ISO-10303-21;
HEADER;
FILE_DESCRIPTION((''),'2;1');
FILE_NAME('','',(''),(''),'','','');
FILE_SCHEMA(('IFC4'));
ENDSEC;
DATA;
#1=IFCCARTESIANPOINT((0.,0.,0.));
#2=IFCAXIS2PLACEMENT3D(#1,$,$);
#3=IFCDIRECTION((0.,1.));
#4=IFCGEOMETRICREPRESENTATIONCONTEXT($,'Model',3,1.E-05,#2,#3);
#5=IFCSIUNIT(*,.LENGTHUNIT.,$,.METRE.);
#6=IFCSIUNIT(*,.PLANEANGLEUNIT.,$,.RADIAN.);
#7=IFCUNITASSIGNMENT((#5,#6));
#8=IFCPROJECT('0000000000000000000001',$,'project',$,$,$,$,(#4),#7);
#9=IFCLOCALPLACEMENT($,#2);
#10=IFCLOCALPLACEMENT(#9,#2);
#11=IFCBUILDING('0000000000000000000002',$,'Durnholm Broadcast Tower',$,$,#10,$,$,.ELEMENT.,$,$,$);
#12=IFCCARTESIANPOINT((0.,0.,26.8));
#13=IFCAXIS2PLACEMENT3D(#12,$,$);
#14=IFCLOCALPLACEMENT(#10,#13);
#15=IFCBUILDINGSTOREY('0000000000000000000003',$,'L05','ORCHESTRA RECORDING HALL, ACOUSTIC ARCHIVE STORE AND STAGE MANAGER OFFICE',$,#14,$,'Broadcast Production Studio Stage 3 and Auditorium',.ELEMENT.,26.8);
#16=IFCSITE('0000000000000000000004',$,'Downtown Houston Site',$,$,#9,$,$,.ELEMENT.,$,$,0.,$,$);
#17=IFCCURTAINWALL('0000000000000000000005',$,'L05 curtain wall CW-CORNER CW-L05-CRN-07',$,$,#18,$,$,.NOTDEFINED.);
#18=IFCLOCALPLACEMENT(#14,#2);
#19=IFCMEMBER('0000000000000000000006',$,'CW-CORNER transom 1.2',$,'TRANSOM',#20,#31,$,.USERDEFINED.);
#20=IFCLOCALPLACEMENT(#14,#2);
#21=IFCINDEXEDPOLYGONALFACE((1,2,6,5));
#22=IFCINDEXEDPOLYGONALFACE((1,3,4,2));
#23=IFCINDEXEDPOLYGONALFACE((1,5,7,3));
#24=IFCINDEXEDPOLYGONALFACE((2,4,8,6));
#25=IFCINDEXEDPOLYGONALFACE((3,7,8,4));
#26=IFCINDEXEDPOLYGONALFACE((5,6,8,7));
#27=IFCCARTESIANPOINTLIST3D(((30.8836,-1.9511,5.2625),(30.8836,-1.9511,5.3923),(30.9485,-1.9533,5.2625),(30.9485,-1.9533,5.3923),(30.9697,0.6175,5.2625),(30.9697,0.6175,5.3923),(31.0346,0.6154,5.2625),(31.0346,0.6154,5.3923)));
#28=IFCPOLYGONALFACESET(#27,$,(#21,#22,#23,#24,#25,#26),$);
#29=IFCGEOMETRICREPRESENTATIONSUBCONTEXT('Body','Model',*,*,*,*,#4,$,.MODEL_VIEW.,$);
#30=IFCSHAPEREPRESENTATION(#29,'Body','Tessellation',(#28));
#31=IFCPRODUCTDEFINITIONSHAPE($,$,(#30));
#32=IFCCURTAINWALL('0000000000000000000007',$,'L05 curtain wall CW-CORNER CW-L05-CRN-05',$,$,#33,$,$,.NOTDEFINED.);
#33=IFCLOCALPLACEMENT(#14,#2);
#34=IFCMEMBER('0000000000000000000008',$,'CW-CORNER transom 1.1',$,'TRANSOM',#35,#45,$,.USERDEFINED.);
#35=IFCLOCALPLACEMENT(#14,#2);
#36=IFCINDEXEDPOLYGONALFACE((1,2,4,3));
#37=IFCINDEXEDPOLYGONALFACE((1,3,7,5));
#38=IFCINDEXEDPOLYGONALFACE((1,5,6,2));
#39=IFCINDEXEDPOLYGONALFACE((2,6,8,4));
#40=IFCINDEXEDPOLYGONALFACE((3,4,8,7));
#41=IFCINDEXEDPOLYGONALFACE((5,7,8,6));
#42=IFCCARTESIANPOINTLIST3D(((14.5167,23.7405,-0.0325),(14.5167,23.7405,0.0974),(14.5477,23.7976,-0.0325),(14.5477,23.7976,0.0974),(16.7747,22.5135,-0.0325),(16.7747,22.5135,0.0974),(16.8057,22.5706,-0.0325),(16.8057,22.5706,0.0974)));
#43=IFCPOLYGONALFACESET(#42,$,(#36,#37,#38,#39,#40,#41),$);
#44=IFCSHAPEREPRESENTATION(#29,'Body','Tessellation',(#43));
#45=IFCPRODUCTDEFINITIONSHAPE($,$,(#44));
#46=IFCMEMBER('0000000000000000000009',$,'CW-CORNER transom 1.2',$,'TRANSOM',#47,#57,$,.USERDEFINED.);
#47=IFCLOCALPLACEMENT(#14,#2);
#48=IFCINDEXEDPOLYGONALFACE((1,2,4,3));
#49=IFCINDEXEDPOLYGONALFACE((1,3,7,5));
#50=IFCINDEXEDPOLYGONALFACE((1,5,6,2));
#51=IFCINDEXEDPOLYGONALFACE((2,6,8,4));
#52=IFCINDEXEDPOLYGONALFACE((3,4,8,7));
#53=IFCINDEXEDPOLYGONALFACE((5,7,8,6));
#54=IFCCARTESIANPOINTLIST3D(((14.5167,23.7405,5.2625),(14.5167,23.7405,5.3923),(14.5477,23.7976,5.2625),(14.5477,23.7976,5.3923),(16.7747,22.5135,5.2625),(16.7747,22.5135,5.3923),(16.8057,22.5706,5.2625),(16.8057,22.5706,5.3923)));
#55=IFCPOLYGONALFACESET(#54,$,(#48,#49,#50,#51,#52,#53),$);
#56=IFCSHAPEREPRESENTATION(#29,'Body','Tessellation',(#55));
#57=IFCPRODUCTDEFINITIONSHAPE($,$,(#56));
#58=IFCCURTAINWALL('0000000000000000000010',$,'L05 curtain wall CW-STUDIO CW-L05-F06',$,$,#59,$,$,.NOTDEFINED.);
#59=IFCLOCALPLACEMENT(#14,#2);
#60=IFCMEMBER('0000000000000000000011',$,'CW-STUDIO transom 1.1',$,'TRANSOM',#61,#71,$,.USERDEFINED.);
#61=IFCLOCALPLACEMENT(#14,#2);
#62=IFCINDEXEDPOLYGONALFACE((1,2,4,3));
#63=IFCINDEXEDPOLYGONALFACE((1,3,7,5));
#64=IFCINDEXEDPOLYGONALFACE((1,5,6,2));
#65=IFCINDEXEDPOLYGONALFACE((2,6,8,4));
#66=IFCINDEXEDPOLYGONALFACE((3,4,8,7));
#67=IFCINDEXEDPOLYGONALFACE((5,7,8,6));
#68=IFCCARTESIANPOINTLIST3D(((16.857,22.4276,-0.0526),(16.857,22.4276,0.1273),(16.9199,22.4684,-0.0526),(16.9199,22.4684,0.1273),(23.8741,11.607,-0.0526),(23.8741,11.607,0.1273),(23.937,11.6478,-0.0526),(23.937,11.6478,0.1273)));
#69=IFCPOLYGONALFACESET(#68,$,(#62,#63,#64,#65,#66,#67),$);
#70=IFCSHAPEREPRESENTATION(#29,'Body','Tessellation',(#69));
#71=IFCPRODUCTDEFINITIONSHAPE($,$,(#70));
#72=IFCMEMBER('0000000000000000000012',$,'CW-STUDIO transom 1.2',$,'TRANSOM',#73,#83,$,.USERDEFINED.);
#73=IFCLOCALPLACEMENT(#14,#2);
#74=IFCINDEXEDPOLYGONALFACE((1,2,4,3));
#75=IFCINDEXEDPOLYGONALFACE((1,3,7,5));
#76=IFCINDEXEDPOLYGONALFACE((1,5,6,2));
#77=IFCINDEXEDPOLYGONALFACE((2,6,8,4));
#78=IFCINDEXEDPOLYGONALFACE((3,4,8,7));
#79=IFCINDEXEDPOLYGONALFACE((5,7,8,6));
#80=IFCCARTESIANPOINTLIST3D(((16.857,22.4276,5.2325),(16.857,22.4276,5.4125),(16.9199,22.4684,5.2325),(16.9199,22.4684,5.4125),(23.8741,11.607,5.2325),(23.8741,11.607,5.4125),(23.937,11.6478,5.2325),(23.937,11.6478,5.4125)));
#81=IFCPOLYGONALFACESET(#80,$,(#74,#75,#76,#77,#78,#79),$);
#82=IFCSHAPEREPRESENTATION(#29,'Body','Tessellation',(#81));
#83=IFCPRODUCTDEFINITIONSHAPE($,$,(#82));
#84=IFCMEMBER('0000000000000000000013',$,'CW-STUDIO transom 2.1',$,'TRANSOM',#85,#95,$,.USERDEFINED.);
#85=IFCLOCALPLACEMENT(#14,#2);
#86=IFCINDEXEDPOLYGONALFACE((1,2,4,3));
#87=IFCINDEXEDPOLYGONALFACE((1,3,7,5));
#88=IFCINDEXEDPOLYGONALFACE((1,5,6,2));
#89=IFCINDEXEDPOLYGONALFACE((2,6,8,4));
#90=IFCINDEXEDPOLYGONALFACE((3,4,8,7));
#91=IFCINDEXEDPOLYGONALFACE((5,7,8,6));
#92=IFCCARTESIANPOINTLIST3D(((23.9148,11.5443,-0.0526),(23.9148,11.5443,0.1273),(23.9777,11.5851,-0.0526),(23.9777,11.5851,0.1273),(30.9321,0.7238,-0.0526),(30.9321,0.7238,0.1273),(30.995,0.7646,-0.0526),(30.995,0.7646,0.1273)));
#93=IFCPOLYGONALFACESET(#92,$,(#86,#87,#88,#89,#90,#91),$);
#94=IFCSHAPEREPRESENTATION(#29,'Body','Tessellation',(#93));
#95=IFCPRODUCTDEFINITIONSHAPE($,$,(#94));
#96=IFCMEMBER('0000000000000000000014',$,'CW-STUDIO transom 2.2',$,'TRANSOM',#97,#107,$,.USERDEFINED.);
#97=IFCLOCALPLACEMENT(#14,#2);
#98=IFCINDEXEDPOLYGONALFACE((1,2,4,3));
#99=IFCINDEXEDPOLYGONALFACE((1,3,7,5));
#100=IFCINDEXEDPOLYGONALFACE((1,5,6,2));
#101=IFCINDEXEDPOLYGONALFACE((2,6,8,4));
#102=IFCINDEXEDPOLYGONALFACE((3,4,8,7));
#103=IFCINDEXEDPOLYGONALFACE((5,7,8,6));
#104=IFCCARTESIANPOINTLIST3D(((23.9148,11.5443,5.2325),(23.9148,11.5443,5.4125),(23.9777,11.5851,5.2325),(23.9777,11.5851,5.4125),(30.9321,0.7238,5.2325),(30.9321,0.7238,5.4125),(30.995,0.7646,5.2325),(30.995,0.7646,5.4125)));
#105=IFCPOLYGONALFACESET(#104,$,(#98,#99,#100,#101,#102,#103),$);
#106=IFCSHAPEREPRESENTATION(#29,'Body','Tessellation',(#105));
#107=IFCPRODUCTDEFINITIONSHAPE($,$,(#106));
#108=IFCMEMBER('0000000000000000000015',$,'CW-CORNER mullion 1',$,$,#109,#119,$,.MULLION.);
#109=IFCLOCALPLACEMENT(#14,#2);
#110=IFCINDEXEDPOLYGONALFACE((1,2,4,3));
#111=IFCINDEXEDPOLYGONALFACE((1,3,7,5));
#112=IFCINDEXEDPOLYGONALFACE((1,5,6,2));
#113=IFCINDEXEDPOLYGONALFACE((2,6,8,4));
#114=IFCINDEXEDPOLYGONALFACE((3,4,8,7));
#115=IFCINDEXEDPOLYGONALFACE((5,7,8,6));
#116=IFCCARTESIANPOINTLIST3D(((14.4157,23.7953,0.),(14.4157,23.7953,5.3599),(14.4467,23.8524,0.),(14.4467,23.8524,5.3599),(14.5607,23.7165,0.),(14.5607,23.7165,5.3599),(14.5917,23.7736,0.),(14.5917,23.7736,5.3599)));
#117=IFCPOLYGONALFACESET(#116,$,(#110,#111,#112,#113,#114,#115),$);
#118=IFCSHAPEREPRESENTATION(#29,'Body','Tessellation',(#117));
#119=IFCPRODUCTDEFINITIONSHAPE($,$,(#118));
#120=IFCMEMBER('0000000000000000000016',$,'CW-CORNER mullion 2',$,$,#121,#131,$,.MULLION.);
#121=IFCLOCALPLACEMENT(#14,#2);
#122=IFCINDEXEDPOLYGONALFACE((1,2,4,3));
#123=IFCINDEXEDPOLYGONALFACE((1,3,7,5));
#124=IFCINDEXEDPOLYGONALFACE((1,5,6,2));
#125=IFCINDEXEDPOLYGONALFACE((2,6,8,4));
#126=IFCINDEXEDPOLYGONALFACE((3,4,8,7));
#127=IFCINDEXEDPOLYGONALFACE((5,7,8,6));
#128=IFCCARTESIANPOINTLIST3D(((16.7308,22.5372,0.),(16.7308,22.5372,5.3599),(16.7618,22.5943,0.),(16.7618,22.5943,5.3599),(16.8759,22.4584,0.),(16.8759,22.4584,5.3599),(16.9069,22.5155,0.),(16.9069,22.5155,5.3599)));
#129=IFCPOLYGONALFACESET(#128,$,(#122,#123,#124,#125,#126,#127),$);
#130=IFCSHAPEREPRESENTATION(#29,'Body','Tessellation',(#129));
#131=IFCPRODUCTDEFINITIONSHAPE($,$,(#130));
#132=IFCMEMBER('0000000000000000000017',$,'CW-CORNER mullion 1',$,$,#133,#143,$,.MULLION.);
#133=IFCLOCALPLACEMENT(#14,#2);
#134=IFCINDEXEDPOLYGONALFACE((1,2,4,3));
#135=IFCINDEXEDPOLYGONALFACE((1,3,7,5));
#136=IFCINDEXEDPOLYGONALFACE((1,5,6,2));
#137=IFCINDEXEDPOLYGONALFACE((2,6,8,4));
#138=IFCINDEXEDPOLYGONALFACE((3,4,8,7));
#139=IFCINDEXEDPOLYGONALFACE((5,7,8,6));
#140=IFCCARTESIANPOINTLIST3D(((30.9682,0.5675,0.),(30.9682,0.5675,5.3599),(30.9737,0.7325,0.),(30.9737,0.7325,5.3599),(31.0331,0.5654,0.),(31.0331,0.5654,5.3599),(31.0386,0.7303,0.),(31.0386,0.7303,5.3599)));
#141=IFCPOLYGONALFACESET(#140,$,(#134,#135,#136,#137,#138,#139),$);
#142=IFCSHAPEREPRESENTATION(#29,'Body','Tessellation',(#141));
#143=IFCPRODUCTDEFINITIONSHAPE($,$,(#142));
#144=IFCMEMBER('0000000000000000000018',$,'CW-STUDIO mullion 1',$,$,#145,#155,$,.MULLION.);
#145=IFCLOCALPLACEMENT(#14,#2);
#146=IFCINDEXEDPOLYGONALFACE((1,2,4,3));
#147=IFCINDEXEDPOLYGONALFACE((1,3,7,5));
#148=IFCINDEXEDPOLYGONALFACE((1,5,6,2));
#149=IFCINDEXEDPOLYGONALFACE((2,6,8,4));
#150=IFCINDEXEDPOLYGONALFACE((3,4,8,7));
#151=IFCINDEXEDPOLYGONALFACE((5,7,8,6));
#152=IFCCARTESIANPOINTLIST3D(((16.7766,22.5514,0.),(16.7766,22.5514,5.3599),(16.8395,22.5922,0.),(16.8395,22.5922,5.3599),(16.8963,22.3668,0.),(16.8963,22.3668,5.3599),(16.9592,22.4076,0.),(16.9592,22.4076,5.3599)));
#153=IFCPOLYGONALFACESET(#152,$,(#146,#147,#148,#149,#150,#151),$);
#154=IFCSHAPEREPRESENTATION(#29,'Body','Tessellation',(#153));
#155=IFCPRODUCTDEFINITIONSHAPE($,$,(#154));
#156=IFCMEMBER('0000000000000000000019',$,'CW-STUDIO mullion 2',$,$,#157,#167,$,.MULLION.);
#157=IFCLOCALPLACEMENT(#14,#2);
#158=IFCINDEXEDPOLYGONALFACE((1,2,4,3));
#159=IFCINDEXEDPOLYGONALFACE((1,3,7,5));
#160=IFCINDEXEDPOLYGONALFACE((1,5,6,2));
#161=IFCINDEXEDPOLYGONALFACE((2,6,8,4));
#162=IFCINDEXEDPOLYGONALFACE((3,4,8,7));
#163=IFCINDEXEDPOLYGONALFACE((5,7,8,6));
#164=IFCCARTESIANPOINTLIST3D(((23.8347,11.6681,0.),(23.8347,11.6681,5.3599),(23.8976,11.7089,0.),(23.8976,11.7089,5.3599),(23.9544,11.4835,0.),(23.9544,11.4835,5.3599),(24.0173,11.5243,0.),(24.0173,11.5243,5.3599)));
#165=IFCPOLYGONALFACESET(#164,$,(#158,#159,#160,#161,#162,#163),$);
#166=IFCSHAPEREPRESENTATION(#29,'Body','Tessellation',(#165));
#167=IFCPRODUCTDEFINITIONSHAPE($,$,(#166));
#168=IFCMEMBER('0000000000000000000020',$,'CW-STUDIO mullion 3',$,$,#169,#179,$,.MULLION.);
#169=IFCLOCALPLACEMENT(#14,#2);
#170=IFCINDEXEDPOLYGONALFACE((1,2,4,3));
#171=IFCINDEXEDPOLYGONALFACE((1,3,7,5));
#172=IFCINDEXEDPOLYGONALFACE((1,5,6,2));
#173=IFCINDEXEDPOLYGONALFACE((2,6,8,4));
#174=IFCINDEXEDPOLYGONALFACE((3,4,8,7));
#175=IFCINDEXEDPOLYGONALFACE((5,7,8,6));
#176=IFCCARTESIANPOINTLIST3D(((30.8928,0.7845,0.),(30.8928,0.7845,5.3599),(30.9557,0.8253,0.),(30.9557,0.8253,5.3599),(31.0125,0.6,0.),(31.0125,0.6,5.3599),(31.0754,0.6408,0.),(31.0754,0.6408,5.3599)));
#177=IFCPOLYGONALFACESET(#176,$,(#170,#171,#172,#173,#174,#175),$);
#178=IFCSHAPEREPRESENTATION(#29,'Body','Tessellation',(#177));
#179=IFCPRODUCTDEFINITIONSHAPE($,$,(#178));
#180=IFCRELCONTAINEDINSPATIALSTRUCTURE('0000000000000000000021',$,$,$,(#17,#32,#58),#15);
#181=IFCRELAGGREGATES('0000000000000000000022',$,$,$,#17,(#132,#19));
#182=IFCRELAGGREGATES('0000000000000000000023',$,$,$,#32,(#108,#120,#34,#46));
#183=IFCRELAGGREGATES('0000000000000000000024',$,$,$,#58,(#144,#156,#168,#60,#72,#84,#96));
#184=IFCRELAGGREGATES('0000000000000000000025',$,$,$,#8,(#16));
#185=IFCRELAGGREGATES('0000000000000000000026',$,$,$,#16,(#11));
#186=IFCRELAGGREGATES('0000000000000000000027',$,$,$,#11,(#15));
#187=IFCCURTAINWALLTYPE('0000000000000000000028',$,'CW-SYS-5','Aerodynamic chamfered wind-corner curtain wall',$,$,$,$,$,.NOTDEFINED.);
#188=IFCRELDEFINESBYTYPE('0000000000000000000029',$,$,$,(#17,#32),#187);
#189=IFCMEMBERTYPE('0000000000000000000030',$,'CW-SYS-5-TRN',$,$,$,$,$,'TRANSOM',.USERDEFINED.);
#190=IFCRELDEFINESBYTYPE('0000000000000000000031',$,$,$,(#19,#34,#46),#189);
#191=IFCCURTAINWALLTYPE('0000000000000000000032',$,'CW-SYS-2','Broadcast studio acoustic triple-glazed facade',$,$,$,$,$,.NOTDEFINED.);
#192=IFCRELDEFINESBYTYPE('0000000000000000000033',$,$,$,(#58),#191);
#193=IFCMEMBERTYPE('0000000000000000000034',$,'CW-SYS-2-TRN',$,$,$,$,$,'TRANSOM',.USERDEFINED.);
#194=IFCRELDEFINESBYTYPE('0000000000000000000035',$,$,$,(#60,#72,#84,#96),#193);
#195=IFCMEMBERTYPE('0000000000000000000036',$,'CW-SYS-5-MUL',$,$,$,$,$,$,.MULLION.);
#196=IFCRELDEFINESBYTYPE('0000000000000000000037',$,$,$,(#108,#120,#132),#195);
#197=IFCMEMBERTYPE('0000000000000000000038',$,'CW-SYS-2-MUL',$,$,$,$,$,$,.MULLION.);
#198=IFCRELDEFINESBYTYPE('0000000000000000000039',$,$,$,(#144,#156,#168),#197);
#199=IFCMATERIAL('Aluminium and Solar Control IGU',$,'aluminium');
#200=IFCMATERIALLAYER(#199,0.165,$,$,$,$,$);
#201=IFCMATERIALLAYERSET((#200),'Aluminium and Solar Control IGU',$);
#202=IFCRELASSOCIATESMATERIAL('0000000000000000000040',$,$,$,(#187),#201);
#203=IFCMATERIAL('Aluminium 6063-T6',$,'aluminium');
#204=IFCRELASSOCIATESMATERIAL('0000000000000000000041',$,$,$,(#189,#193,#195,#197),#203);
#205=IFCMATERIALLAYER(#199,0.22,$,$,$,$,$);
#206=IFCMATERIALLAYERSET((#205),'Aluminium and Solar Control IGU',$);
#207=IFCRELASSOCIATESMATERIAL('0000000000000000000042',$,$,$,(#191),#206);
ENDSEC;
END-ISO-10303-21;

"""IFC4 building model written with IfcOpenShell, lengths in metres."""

from ifc_helpers import new_model, si_unit, direction, frame, origin, origin_2d, place, context, subcontext, project, spatial, rectangle, extrude, source, transform, mapped, material, layer, layer_set, material_profile, profile_set, type_object, type_shapes, element, aggregate, save


model = new_model("IFC4")

# Units and contexts
model_context = context("Model", 3, precision=1e-05, world=origin(), true_north=direction((0.0, 1.0)))
body_context = subcontext(model_context, "Body", "Model", "MODEL_VIEW")
ifc_project = project(units=[si_unit("LENGTHUNIT", "METRE"), si_unit("PLANEANGLEUNIT", "RADIAN")], contexts=[model_context])

# Site, building, storey
site_placement = place(None, origin())
site = spatial("IfcSite", under=ifc_project, at=site_placement, Name="Downtown Houston Site", CompositionType="ELEMENT", RefElevation=0.0)
building_placement = place(site_placement, origin())
building = spatial("IfcBuilding", under=site, at=building_placement, Name="Durnholm Broadcast Tower", CompositionType="ELEMENT")
storey_placement = place(building_placement, frame((0.0, 0.0, 26.8)))
storey = spatial("IfcBuildingStorey", under=building, at=storey_placement, Name="L05", Description="ORCHESTRA RECORDING HALL, ACOUSTIC ARCHIVE STORE AND STAGE MANAGER OFFICE", LongName="Broadcast Production Studio Stage 3 and Auditorium", CompositionType="ELEMENT", Elevation=26.8)

# Curtain walls, members
ifc_material_1 = material(Name="Aluminium and Solar Control IGU", Category="aluminium")
ifc_layer_1 = layer(ifc_material_1, 0.165)
ifc_layer_set_1 = layer_set([ifc_layer_1], Name="Aluminium and Solar Control IGU")
curtain_wall_type_1 = type_object("IfcCurtainWallType", Name="CW-SYS-5", Description="Aerodynamic chamfered wind-corner curtain wall", PredefinedType="NOTDEFINED", material=ifc_layer_set_1)
curtain_wall_1_placement = place(storey_placement, origin())
curtain_wall_1 = element("IfcCurtainWall", 1, at=curtain_wall_1_placement, inside=storey, type_object=curtain_wall_type_1, Name="L05 curtain wall CW-CORNER CW-L05-CRN-07", PredefinedType="NOTDEFINED")
ifc_material_2 = material(Name="Aluminium 6063-T6", Category="aluminium")
ifc_material_profile_1 = material_profile(ifc_material_2, rectangle(XDim=0.0649, YDim=0.1299, at=origin_2d()), Name="CWT65X130")
ifc_profile_set_1 = profile_set([ifc_material_profile_1], Name="Aluminium 6063-T6")
member_type_1 = type_object("IfcMemberType", Name="CW-SYS-5-TRN", ElementType="TRANSOM", PredefinedType="USERDEFINED", material=ifc_profile_set_1)
shared_shape_1 = source(origin(), body_context, "Body", "SweptSolid", [
    extrude(rectangle(XDim=0.0649, YDim=0.1299, at=origin_2d()), origin(), (0.0, 0.0, 1.0), 2.5701),
])
member_1_placement = place(storey_placement, frame((31.0022, 0.6165, 5.3274), z_axis=(-0.033533, -0.999438, 0.0), x_axis=(0.999438, -0.033533, 0.0)))
member_1 = element("IfcMember", 2, at=member_1_placement, type_object=member_type_1, Name="CW-CORNER transom 1.2", ObjectType="TRANSOM", PredefinedType="USERDEFINED", context=body_context, shape_type="MappedRepresentation", body=[
    mapped(shared_shape_1, transform((0.0, 0.0, 0.0), x_axis=(1.0, 0.0, 0.0), y_axis=(0.0, 1.0, 0.0), z_axis=(0.0, 0.0, 1.0), scale=1.0)),
])
curtain_wall_2_placement = place(storey_placement, origin())
curtain_wall_2 = element("IfcCurtainWall", 3, at=curtain_wall_2_placement, inside=storey, type_object=curtain_wall_type_1, Name="L05 curtain wall CW-CORNER CW-L05-CRN-05", PredefinedType="NOTDEFINED")
shared_shape_2 = source(origin(), body_context, "Body", "SweptSolid", [
    extrude(rectangle(XDim=0.0649, YDim=0.1299, at=origin_2d()), origin(), (0.0, 0.0, 1.0), 2.5698),
])
type_shapes(member_type_1, [shared_shape_1, shared_shape_2])
member_2_placement = place(storey_placement, frame((14.5322, 23.769, 0.0325), z_axis=(0.87865, -0.477467, 0.0), x_axis=(0.477467, 0.87865, 0.0)))
member_2 = element("IfcMember", 4, at=member_2_placement, type_object=member_type_1, Name="CW-CORNER transom 1.1", ObjectType="TRANSOM", PredefinedType="USERDEFINED", context=body_context, shape_type="MappedRepresentation", body=[
    mapped(shared_shape_2, transform((0.0, 0.0, 0.0), x_axis=(1.0, 0.0, 0.0), y_axis=(0.0, 1.0, 0.0), z_axis=(0.0, 0.0, 1.0), scale=1.0)),
])
member_3_placement = place(storey_placement, frame((14.5322, 23.769, 5.3274), z_axis=(0.87865, -0.477467, 0.0), x_axis=(0.477467, 0.87865, 0.0)))
member_3 = element("IfcMember", 5, at=member_3_placement, type_object=member_type_1, Name="CW-CORNER transom 1.2", ObjectType="TRANSOM", PredefinedType="USERDEFINED", context=body_context, shape_type="MappedRepresentation", body=[
    mapped(shared_shape_2, transform((0.0, 0.0, 0.0), x_axis=(1.0, 0.0, 0.0), y_axis=(0.0, 1.0, 0.0), z_axis=(0.0, 0.0, 1.0), scale=1.0)),
])
ifc_layer_2 = layer(ifc_material_1, 0.22)
ifc_layer_set_2 = layer_set([ifc_layer_2], Name="Aluminium and Solar Control IGU")
curtain_wall_type_2 = type_object("IfcCurtainWallType", Name="CW-SYS-2", Description="Broadcast studio acoustic triple-glazed facade", PredefinedType="NOTDEFINED", material=ifc_layer_set_2)
curtain_wall_3_placement = place(storey_placement, origin())
curtain_wall_3 = element("IfcCurtainWall", 6, at=curtain_wall_3_placement, inside=storey, type_object=curtain_wall_type_2, Name="L05 curtain wall CW-STUDIO CW-L05-F06", PredefinedType="NOTDEFINED")
ifc_material_profile_2 = material_profile(ifc_material_2, rectangle(XDim=0.075, YDim=0.1799, at=origin_2d()), Name="CWT75X180")
ifc_profile_set_2 = profile_set([ifc_material_profile_2], Name="Aluminium 6063-T6")
member_type_2 = type_object("IfcMemberType", Name="CW-SYS-2-TRN", ElementType="TRANSOM", PredefinedType="USERDEFINED", material=ifc_profile_set_2)
shared_shape_3 = source(origin(), body_context, "Body", "SweptSolid", [
    extrude(rectangle(XDim=0.075, YDim=0.1799, at=origin_2d()), origin(), (0.0, 0.0, 1.0), 12.8967),
])
type_shapes(member_type_2, [shared_shape_3])
member_4_placement = place(storey_placement, frame((16.8884, 22.448, 0.0374), z_axis=(0.544101, -0.83902, 0.0), x_axis=(0.83902, 0.544101, 0.0)))
member_4 = element("IfcMember", 7, at=member_4_placement, type_object=member_type_2, Name="CW-STUDIO transom 1.1", ObjectType="TRANSOM", PredefinedType="USERDEFINED", context=body_context, shape_type="MappedRepresentation", body=[
    mapped(shared_shape_3, transform((0.0, 0.0, 0.0), x_axis=(1.0, 0.0, 0.0), y_axis=(0.0, 1.0, 0.0), z_axis=(0.0, 0.0, 1.0), scale=1.0)),
])
member_5_placement = place(storey_placement, frame((16.8884, 22.448, 5.3225), z_axis=(0.544101, -0.83902, 0.0), x_axis=(0.83902, 0.544101, 0.0)))
member_5 = element("IfcMember", 8, at=member_5_placement, type_object=member_type_2, Name="CW-STUDIO transom 1.2", ObjectType="TRANSOM", PredefinedType="USERDEFINED", context=body_context, shape_type="MappedRepresentation", body=[
    mapped(shared_shape_3, transform((0.0, 0.0, 0.0), x_axis=(1.0, 0.0, 0.0), y_axis=(0.0, 1.0, 0.0), z_axis=(0.0, 0.0, 1.0), scale=1.0)),
])
member_6_placement = place(storey_placement, frame((23.9463, 11.5647, 0.0374), z_axis=(0.544114, -0.839011, 0.0), x_axis=(0.839011, 0.544114, 0.0)))
member_6 = element("IfcMember", 9, at=member_6_placement, type_object=member_type_2, Name="CW-STUDIO transom 2.1", ObjectType="TRANSOM", PredefinedType="USERDEFINED", context=body_context, shape_type="MappedRepresentation", body=[
    mapped(shared_shape_3, transform((0.0, 0.0, 0.0), x_axis=(1.0, 0.0, 0.0), y_axis=(0.0, 1.0, 0.0), z_axis=(0.0, 0.0, 1.0), scale=1.0)),
])
member_7_placement = place(storey_placement, frame((23.9463, 11.5647, 5.3225), z_axis=(0.544114, -0.839011, 0.0), x_axis=(0.839011, 0.544114, 0.0)))
member_7 = element("IfcMember", 10, at=member_7_placement, type_object=member_type_2, Name="CW-STUDIO transom 2.2", ObjectType="TRANSOM", PredefinedType="USERDEFINED", context=body_context, shape_type="MappedRepresentation", body=[
    mapped(shared_shape_3, transform((0.0, 0.0, 0.0), x_axis=(1.0, 0.0, 0.0), y_axis=(0.0, 1.0, 0.0), z_axis=(0.0, 0.0, 1.0), scale=1.0)),
])

# Members
ifc_material_profile_3 = material_profile(ifc_material_2, rectangle(XDim=0.0649, YDim=0.165, at=origin_2d()), Name="CWM65X165")
ifc_profile_set_3 = profile_set([ifc_material_profile_3], Name="Aluminium 6063-T6")
member_type_3 = type_object("IfcMemberType", Name="CW-SYS-5-MUL", PredefinedType="MULLION", material=ifc_profile_set_3)
shared_shape_4 = source(origin(), body_context, "Body", "SweptSolid", [
    extrude(rectangle(XDim=0.0649, YDim=0.165, at=origin_2d()), origin(), (0.0, 0.0, 1.0), 5.3599),
])
type_shapes(member_type_3, [shared_shape_4])
member_8_placement = place(storey_placement, frame((14.5037, 23.7844, 0.0), z_axis=(0.0, 0.0, 1.0), x_axis=(0.477442, 0.878663, 0.0)))
member_8 = element("IfcMember", 11, at=member_8_placement, type_object=member_type_3, Name="CW-CORNER mullion 1", PredefinedType="MULLION", context=body_context, shape_type="MappedRepresentation", body=[
    mapped(shared_shape_4, transform((0.0, 0.0, 0.0), x_axis=(1.0, 0.0, 0.0), y_axis=(0.0, 1.0, 0.0), z_axis=(0.0, 0.0, 1.0), scale=1.0)),
])
member_9_placement = place(storey_placement, frame((16.8188, 22.5264, 0.0), z_axis=(0.0, 0.0, 1.0), x_axis=(0.477442, 0.878663, 0.0)))
member_9 = element("IfcMember", 12, at=member_9_placement, type_object=member_type_3, Name="CW-CORNER mullion 2", PredefinedType="MULLION", context=body_context, shape_type="MappedRepresentation", body=[
    mapped(shared_shape_4, transform((0.0, 0.0, 0.0), x_axis=(1.0, 0.0, 0.0), y_axis=(0.0, 1.0, 0.0), z_axis=(0.0, 0.0, 1.0), scale=1.0)),
])
member_10_placement = place(storey_placement, frame((31.0034, 0.6489, 0.0), z_axis=(0.0, 0.0, 1.0), x_axis=(0.999437, -0.033557, 0.0)))
member_10 = element("IfcMember", 13, at=member_10_placement, type_object=member_type_3, Name="CW-CORNER mullion 1", PredefinedType="MULLION", context=body_context, shape_type="MappedRepresentation", body=[
    mapped(shared_shape_4, transform((0.0, 0.0, 0.0), x_axis=(1.0, 0.0, 0.0), y_axis=(0.0, 1.0, 0.0), z_axis=(0.0, 0.0, 1.0), scale=1.0)),
])
aggregate(curtain_wall_1, [member_10, member_1])
ifc_material_profile_4 = material_profile(ifc_material_2, rectangle(XDim=0.075, YDim=0.22, at=origin_2d()), Name="CWM75X220")
ifc_profile_set_4 = profile_set([ifc_material_profile_4], Name="Aluminium 6063-T6")
member_type_4 = type_object("IfcMemberType", Name="CW-SYS-2-MUL", PredefinedType="MULLION", material=ifc_profile_set_4)
shared_shape_5 = source(origin(), body_context, "Body", "SweptSolid", [
    extrude(rectangle(XDim=0.075, YDim=0.22, at=origin_2d()), origin(), (0.0, 0.0, 1.0), 5.3599),
])
type_shapes(member_type_4, [shared_shape_5])
member_11_placement = place(storey_placement, frame((16.8679, 22.4795, 0.0), z_axis=(0.0, 0.0, 1.0), x_axis=(0.839009, 0.544117, 0.0)))
member_11 = element("IfcMember", 14, at=member_11_placement, type_object=member_type_4, Name="CW-STUDIO mullion 1", PredefinedType="MULLION", context=body_context, shape_type="MappedRepresentation", body=[
    mapped(shared_shape_5, transform((0.0, 0.0, 0.0), x_axis=(1.0, 0.0, 0.0), y_axis=(0.0, 1.0, 0.0), z_axis=(0.0, 0.0, 1.0), scale=1.0)),
])
member_12_placement = place(storey_placement, frame((23.926, 11.5962, 0.0), z_axis=(0.0, 0.0, 1.0), x_axis=(0.839009, 0.544117, 0.0)))
member_12 = element("IfcMember", 15, at=member_12_placement, type_object=member_type_4, Name="CW-STUDIO mullion 2", PredefinedType="MULLION", context=body_context, shape_type="MappedRepresentation", body=[
    mapped(shared_shape_5, transform((0.0, 0.0, 0.0), x_axis=(1.0, 0.0, 0.0), y_axis=(0.0, 1.0, 0.0), z_axis=(0.0, 0.0, 1.0), scale=1.0)),
])
member_13_placement = place(storey_placement, frame((30.9841, 0.7126, 0.0), z_axis=(0.0, 0.0, 1.0), x_axis=(0.839009, 0.544117, 0.0)))
member_13 = element("IfcMember", 16, at=member_13_placement, type_object=member_type_4, Name="CW-STUDIO mullion 3", PredefinedType="MULLION", context=body_context, shape_type="MappedRepresentation", body=[
    mapped(shared_shape_5, transform((0.0, 0.0, 0.0), x_axis=(1.0, 0.0, 0.0), y_axis=(0.0, 1.0, 0.0), z_axis=(0.0, 0.0, 1.0), scale=1.0)),
])

aggregate(curtain_wall_2, [member_8, member_9, member_2, member_3])
aggregate(curtain_wall_3, [member_11, member_12, member_13, member_4, member_5, member_6, member_7])

save(model, "model.ifc")
